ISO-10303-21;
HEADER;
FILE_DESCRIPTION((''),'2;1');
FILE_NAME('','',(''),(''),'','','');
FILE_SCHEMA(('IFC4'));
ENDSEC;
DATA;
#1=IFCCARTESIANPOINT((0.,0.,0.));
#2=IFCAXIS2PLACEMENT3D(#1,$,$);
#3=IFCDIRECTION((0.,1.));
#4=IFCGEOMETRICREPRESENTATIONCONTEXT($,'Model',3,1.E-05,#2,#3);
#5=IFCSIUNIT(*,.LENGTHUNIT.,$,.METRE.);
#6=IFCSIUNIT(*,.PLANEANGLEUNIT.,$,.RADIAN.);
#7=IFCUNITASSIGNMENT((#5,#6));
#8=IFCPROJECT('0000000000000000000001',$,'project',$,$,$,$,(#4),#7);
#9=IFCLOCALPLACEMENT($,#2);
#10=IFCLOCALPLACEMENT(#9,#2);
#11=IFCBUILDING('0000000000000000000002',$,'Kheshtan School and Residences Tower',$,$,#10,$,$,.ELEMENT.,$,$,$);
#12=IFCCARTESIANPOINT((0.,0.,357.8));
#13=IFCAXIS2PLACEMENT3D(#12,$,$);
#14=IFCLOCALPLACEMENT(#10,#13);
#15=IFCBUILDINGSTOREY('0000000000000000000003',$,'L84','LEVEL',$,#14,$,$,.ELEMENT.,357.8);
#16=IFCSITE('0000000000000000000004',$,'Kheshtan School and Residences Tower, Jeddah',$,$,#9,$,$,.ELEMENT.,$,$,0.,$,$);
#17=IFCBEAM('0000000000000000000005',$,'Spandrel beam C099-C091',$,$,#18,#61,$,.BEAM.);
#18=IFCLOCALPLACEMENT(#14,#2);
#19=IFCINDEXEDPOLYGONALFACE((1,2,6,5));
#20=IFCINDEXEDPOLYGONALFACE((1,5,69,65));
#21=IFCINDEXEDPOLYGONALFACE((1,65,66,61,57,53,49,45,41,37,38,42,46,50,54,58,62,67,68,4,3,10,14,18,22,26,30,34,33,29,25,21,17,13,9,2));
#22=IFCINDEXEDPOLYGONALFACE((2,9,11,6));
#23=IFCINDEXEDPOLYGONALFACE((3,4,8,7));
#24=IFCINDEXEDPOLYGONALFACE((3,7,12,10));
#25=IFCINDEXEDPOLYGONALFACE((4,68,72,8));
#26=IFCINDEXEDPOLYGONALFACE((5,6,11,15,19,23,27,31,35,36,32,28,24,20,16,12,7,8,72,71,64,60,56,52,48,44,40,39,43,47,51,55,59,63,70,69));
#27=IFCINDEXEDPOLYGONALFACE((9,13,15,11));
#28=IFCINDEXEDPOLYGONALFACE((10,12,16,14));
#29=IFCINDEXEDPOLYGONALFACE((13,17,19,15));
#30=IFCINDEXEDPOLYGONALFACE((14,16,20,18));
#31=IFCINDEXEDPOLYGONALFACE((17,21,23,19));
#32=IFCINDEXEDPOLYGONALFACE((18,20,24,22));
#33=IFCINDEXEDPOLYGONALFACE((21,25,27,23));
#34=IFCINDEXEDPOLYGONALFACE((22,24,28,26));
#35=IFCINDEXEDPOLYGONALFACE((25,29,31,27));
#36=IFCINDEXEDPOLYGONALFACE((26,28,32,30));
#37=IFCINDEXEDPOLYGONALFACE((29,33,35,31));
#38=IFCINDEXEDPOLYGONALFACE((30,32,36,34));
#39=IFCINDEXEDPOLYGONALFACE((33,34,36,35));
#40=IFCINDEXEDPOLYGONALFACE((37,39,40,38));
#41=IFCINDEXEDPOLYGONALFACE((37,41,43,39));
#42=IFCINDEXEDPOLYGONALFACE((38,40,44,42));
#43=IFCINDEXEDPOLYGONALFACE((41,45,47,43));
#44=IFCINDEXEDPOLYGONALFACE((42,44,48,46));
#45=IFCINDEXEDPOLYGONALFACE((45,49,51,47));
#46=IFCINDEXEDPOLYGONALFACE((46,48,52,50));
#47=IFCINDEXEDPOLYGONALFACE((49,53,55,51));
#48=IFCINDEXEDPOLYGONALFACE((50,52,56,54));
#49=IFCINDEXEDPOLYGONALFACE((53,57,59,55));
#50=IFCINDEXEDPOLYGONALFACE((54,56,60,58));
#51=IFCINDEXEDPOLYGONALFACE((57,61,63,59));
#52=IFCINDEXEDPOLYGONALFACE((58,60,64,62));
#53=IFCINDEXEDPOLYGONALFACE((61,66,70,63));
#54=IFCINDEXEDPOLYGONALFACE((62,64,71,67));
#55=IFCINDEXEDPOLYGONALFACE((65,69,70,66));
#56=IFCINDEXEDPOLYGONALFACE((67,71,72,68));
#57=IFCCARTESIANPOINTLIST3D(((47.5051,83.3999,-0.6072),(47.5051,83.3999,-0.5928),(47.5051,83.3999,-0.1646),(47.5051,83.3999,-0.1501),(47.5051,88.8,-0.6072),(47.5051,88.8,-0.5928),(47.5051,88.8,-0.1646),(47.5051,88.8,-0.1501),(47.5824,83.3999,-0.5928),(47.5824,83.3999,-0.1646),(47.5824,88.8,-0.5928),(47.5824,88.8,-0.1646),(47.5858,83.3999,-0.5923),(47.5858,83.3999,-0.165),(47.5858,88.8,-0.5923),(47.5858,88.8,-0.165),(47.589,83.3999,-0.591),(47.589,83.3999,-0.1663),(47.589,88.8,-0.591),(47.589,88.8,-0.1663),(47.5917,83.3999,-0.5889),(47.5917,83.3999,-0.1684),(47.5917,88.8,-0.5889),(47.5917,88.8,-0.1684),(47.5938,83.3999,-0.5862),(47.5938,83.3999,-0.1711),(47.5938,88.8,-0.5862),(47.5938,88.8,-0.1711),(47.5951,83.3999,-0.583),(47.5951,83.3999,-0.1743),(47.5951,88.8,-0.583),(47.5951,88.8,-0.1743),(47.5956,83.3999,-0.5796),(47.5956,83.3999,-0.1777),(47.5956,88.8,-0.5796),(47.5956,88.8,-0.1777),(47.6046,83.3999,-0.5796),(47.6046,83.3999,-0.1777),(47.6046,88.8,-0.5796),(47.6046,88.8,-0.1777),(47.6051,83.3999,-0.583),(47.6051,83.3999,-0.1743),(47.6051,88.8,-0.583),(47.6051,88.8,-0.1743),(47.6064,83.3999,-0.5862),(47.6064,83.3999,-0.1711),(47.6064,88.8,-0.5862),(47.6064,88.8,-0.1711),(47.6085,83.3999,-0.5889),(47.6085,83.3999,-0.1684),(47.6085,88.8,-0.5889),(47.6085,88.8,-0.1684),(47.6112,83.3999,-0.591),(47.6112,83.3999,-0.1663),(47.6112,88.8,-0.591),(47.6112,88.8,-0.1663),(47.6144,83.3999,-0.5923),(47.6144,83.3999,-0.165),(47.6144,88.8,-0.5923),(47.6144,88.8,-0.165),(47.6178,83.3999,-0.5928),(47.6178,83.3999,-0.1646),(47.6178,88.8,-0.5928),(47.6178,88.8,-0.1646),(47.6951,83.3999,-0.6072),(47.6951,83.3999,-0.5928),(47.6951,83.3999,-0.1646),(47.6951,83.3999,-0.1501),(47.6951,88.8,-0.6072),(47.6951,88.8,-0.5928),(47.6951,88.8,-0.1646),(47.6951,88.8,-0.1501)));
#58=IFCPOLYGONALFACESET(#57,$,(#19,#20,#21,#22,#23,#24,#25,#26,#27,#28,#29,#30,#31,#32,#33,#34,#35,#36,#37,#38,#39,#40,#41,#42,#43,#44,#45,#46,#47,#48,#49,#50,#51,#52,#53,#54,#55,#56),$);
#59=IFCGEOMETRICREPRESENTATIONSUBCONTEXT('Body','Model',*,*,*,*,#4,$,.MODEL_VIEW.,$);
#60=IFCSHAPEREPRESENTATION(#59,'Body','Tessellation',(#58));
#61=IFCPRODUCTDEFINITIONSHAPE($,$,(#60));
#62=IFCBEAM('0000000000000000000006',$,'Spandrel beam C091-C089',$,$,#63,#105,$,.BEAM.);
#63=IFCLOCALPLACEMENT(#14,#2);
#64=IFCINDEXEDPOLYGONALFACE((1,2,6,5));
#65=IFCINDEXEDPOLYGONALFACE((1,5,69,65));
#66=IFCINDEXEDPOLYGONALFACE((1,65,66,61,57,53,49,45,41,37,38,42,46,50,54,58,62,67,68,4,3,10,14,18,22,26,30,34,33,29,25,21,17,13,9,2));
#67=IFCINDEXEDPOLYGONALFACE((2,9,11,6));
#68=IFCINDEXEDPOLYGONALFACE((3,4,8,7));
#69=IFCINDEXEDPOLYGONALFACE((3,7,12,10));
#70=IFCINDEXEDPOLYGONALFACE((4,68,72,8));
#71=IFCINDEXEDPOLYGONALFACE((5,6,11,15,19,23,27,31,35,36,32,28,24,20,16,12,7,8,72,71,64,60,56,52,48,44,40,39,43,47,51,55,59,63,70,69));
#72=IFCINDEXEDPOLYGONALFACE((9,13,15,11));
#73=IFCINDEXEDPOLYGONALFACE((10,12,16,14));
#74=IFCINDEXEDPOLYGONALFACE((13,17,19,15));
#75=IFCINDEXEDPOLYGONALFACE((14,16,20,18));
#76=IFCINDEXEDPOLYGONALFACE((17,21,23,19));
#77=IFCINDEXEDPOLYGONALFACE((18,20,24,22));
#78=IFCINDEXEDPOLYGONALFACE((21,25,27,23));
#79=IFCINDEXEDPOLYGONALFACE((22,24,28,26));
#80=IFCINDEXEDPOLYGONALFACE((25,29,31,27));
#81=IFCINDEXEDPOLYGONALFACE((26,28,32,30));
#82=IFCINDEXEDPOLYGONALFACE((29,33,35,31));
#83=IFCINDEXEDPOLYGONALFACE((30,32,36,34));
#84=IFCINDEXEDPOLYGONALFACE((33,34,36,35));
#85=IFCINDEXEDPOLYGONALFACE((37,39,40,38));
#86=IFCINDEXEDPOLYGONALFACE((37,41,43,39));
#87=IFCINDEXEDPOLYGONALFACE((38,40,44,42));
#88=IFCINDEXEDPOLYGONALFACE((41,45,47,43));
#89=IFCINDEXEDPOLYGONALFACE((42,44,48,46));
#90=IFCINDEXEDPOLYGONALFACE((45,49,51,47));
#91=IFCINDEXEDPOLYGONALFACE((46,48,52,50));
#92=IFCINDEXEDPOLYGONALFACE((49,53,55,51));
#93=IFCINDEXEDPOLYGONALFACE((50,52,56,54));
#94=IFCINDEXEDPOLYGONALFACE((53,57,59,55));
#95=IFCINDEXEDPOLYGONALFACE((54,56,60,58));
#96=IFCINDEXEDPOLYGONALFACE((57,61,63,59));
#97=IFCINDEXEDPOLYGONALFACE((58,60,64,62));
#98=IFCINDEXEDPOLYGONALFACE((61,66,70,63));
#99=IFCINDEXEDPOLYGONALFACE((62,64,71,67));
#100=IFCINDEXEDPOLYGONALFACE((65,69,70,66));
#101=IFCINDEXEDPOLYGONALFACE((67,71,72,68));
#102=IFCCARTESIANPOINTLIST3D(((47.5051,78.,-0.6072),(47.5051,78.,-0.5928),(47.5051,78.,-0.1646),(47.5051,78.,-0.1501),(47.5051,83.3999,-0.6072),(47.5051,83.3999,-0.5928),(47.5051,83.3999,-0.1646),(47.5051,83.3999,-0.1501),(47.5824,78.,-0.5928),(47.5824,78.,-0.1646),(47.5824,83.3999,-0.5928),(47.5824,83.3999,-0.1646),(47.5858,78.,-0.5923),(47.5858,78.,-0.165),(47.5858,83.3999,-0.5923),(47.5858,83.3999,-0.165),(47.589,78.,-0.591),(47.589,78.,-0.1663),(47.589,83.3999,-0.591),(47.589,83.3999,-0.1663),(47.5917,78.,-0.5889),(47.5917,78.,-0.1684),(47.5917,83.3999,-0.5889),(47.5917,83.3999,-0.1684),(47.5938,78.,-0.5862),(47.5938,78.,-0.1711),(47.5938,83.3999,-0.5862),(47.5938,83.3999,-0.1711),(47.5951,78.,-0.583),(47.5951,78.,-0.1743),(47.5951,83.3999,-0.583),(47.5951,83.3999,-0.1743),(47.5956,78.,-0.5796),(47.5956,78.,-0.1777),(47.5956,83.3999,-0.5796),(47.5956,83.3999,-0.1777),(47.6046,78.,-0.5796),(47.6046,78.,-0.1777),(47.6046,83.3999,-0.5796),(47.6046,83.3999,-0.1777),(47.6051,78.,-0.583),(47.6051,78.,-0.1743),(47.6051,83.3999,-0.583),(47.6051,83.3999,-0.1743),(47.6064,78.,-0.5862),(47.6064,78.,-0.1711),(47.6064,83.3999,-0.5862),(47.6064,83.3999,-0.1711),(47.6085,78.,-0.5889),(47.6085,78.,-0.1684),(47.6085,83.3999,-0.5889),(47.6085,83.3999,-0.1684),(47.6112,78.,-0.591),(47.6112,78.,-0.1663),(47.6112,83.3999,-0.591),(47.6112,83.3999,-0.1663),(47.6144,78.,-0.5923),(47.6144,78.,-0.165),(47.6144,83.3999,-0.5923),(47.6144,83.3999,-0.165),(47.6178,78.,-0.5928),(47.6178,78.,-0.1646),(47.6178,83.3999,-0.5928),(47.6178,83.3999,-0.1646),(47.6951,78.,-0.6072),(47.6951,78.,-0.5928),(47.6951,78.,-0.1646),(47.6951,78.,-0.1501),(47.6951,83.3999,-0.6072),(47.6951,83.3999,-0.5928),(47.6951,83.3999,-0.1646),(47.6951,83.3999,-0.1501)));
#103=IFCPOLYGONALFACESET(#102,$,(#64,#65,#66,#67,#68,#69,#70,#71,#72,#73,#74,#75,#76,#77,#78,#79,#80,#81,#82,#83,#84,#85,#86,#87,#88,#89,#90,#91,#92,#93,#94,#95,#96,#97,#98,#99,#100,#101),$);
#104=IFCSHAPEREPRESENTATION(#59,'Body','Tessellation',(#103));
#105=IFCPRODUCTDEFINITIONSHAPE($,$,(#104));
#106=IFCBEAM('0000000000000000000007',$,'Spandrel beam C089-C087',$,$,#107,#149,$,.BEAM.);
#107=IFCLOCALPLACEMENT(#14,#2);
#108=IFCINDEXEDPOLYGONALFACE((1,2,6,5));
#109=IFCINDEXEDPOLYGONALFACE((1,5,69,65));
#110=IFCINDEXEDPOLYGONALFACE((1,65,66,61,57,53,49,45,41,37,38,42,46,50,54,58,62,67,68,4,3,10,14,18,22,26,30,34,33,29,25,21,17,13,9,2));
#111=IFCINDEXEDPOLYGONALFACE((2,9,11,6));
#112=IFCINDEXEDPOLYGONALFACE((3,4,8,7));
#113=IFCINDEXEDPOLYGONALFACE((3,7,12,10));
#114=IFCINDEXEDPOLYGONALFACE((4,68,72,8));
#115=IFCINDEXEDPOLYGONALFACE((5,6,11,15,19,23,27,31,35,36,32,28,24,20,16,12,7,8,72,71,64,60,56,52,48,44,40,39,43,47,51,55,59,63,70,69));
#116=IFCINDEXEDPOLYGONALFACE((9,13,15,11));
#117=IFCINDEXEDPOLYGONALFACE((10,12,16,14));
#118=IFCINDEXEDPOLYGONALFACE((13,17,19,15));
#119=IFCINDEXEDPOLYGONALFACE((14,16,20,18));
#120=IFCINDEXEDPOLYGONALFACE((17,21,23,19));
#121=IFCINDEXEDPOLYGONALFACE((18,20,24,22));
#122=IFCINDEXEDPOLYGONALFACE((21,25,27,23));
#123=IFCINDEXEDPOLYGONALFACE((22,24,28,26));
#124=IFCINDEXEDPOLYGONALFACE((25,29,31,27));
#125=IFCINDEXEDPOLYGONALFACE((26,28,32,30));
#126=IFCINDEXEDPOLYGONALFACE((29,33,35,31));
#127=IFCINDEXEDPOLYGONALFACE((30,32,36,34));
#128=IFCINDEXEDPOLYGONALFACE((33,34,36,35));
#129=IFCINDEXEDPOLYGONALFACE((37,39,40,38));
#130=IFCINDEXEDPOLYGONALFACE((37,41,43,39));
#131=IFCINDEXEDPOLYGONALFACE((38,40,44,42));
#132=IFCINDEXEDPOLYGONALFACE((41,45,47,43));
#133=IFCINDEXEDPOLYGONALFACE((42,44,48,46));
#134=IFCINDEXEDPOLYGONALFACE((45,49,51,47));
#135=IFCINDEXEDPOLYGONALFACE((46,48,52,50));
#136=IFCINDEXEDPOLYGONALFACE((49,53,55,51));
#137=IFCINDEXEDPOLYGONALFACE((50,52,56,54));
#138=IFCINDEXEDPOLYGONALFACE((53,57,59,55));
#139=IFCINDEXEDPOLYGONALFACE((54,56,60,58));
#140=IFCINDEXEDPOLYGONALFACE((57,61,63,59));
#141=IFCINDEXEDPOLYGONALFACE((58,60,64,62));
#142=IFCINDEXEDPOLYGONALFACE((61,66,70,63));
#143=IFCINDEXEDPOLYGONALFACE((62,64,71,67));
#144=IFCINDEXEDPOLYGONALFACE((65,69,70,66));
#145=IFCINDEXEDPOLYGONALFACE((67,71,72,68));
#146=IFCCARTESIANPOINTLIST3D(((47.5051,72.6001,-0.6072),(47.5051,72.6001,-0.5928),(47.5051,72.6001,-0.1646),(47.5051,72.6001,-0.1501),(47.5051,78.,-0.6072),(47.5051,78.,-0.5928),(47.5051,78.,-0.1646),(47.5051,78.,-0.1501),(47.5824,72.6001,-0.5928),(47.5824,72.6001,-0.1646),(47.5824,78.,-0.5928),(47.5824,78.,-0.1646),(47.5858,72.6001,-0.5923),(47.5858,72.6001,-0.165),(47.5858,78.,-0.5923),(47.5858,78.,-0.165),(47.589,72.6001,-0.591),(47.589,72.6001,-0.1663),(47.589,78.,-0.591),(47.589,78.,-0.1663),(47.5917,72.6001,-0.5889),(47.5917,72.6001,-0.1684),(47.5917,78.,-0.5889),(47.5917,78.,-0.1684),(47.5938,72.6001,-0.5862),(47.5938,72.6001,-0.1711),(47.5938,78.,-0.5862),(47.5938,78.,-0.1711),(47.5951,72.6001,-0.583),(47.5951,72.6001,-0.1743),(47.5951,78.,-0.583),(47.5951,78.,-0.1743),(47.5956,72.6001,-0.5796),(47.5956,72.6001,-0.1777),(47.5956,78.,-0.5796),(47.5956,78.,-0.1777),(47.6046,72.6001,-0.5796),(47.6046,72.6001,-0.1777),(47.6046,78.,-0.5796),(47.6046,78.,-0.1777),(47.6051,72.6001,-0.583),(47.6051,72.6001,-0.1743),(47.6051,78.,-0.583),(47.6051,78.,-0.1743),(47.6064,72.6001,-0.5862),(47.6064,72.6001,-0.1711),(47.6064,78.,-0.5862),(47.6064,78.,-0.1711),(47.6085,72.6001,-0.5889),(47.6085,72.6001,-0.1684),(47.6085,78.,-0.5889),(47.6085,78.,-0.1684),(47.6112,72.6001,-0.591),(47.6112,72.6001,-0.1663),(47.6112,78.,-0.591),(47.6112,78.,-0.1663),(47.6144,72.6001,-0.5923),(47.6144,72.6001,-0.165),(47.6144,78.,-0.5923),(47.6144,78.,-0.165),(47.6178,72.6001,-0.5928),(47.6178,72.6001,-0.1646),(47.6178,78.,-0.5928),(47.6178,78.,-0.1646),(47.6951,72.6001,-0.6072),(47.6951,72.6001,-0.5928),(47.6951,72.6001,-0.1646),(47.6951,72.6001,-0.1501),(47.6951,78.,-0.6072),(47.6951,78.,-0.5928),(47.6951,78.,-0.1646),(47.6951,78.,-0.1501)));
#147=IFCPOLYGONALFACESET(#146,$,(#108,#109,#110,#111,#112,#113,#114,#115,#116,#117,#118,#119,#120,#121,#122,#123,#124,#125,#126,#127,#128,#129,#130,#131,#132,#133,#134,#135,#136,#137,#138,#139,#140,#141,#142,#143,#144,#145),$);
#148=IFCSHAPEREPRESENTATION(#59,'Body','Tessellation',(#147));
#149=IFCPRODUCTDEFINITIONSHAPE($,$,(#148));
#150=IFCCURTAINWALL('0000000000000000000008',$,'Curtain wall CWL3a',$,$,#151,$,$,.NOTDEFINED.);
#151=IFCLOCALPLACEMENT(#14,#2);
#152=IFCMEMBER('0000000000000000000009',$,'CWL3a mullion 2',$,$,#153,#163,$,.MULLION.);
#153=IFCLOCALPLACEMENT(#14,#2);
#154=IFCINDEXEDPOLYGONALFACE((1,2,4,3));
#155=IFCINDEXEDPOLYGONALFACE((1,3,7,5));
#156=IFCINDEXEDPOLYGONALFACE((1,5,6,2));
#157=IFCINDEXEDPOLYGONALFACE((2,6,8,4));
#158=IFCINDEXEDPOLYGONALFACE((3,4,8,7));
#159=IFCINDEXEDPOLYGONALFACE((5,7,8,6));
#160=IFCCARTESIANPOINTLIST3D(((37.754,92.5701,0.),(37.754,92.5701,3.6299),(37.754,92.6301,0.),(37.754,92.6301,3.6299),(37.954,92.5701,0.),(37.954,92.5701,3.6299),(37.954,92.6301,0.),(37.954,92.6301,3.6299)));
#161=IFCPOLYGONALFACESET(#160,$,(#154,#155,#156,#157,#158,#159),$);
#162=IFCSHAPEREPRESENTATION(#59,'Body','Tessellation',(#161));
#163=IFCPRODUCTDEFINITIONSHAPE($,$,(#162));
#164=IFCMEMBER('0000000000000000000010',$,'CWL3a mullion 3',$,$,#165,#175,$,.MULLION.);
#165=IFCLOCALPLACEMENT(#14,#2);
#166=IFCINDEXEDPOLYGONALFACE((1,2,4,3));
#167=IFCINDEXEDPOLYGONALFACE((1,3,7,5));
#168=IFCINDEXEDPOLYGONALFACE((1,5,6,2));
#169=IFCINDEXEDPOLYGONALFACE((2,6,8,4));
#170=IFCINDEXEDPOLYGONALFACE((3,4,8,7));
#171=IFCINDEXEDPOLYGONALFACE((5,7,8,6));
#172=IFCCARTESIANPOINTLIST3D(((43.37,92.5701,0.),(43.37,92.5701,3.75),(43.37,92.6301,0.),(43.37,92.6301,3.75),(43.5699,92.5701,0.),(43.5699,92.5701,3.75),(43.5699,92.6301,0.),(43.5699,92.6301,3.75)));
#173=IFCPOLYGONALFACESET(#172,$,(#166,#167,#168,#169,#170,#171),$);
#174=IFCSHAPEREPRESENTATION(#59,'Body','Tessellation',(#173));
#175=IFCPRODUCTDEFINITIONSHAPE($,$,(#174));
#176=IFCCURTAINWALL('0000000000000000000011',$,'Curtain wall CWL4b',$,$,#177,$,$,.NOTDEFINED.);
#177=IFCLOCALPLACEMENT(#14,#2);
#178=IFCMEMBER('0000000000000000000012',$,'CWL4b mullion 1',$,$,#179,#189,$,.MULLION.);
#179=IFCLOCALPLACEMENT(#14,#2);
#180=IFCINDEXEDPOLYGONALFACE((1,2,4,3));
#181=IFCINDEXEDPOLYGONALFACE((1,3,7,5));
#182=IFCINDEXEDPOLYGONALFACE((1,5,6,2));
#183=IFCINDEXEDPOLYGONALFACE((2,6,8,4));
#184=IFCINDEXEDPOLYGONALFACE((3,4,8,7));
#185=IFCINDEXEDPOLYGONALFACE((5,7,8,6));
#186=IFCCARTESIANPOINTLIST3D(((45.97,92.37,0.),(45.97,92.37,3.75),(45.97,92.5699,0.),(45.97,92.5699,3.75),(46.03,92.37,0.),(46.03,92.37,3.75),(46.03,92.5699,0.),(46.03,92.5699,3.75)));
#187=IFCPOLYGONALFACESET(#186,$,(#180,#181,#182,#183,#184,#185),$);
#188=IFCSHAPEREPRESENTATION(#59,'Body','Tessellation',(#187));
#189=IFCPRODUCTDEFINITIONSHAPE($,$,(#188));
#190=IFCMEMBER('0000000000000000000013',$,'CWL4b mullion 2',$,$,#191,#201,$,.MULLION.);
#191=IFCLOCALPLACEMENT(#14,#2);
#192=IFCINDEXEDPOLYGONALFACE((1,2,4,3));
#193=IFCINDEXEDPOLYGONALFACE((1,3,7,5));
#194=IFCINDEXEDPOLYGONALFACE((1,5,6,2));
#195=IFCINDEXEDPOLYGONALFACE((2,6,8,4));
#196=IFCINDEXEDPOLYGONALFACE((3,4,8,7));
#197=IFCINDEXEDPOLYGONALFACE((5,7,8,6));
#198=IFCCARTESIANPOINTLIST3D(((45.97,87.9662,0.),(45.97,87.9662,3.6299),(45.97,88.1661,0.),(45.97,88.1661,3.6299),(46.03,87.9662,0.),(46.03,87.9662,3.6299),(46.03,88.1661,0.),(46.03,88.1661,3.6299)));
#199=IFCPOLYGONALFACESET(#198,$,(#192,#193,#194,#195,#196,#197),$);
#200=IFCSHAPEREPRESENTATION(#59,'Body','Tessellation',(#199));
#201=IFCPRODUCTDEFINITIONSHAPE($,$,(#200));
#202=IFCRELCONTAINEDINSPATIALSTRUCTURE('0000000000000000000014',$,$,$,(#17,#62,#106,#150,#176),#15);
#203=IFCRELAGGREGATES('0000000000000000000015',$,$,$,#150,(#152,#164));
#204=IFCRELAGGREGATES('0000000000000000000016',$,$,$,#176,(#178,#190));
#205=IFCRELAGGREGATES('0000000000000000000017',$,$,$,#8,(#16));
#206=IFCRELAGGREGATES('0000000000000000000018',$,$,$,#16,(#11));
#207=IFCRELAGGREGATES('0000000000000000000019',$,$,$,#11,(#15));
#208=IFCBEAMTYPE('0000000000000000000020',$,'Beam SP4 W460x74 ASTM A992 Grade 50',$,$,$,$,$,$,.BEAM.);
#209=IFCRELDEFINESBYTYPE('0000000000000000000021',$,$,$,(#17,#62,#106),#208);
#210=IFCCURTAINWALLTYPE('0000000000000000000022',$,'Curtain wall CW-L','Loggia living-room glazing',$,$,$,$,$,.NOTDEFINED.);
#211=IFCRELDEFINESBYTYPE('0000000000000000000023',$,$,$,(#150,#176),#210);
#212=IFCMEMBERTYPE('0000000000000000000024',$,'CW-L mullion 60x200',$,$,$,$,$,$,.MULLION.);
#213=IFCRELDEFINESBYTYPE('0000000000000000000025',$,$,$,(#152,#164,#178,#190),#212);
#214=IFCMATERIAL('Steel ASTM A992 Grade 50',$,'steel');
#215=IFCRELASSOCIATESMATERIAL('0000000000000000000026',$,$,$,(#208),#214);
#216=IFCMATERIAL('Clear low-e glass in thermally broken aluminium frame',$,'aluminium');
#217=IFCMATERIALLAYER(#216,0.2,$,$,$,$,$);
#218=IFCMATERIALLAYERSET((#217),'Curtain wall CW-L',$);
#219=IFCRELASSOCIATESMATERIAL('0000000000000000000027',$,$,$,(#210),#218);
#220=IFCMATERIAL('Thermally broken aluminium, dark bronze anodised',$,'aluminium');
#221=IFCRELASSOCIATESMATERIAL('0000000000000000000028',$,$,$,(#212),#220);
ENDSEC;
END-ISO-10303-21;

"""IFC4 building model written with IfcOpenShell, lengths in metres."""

from ifc_helpers import new_model, si_unit, direction, frame, origin, origin_2d, place, context, subcontext, project, spatial, rectangle, i_section, extrude, material, layer, layer_set, material_profile, profile_set, type_object, element, aggregate, save


model = new_model("IFC4")

# Units and contexts
model_context = context("Model", 3, precision=1e-05, world=origin(), true_north=direction((0.0, 1.0)))
body_context = subcontext(model_context, "Body", "Model", "MODEL_VIEW")
ifc_project = project(units=[si_unit("LENGTHUNIT", "METRE"), si_unit("PLANEANGLEUNIT", "RADIAN")], contexts=[model_context])

# Site, building, storey
site_placement = place(None, origin())
site = spatial("IfcSite", under=ifc_project, at=site_placement, Name="Kheshtan School and Residences Tower, Jeddah", CompositionType="ELEMENT", RefElevation=0.0)
building_placement = place(site_placement, origin())
building = spatial("IfcBuilding", under=site, at=building_placement, Name="Kheshtan School and Residences Tower", CompositionType="ELEMENT")
storey_placement = place(building_placement, frame((0.0, 0.0, 357.8)))
storey = spatial("IfcBuildingStorey", under=building, at=storey_placement, Name="L84", Description="LEVEL", CompositionType="ELEMENT", Elevation=357.8)

# Shared definitions
ifc_material_1 = material(Name="Steel ASTM A992 Grade 50", Category="steel")

# Beams
ifc_material_profile_1 = material_profile(ifc_material_1, i_section(OverallWidth=0.1899, OverallDepth=0.457, WebThickness=0.009, FlangeThickness=0.0144, FilletRadius=0.0132, at=origin_2d()), Name="W460x74")
ifc_profile_set_1 = profile_set([ifc_material_profile_1], Name="Steel ASTM A992 Grade 50")
beam_type_1 = type_object("IfcBeamType", Name="Beam SP4 W460x74 ASTM A992 Grade 50", PredefinedType="BEAM", material=ifc_profile_set_1)
beam_1_placement = place(storey_placement, frame((47.6001, 88.8, -0.3787), z_axis=(0.0, -1.0, 0.0), x_axis=(1.0, 0.0, 0.0)))
element("IfcBeam", 1, at=beam_1_placement, inside=storey, type_object=beam_type_1, Name="Spandrel beam C099-C091", PredefinedType="BEAM", context=body_context, shape_type="SweptSolid", body=[
    extrude(i_section(OverallWidth=0.1899, OverallDepth=0.457, WebThickness=0.009, FlangeThickness=0.0144, FilletRadius=0.0132, at=origin_2d()), origin(), (0.0, 0.0, 1.0), 5.4001),
])
for number, where, z_axis, x_axis, name in (
    (2, (47.6001, 83.3999, -0.3787), (0.0, -1.0, 0.0), (1.0, 0.0, 0.0), "Spandrel beam C091-C089"),
    (3, (47.6001, 78.0, -0.3787), (0.0, -1.0, 0.0), (1.0, 0.0, 0.0), "Spandrel beam C089-C087"),
):
    element("IfcBeam", number, at=place(storey_placement, frame(where, z_axis=z_axis, x_axis=x_axis)), inside=storey, type_object=beam_type_1, Name=name, PredefinedType="BEAM", context=body_context, shape_type="SweptSolid", body=[
        extrude(i_section(OverallWidth=0.1899, OverallDepth=0.457, WebThickness=0.009, FlangeThickness=0.0144, FilletRadius=0.0132, at=origin_2d()), origin(), (0.0, 0.0, 1.0), 5.3999),
    ])

# Curtain walls, members
ifc_material_2 = material(Name="Clear low-e glass in thermally broken aluminium frame", Category="aluminium")
ifc_layer_1 = layer(ifc_material_2, 0.2)
ifc_layer_set_1 = layer_set([ifc_layer_1], Name="Curtain wall CW-L")
curtain_wall_type = type_object("IfcCurtainWallType", Name="Curtain wall CW-L", Description="Loggia living-room glazing", PredefinedType="NOTDEFINED", material=ifc_layer_set_1)
curtain_wall_1_placement = place(storey_placement, origin())
curtain_wall_1 = element("IfcCurtainWall", 4, at=curtain_wall_1_placement, inside=storey, type_object=curtain_wall_type, Name="Curtain wall CWL3a", PredefinedType="NOTDEFINED")
ifc_material_3 = material(Name="Thermally broken aluminium, dark bronze anodised", Category="aluminium")
ifc_material_profile_2 = material_profile(ifc_material_3, rectangle(XDim=0.0601, YDim=0.2, at=origin_2d()), Name="CW-L mullion 60x200")
ifc_profile_set_2 = profile_set([ifc_material_profile_2], Name="Thermally broken aluminium, dark bronze anodised")
member_type_1 = type_object("IfcMemberType", Name="CW-L mullion 60x200", PredefinedType="MULLION", material=ifc_profile_set_2)
member_1_placement = place(storey_placement, frame((37.854, 92.6001, 0.0), z_axis=(0.0, 0.0, 1.0), x_axis=(0.0, 1.0, 0.0)))
member_1 = element("IfcMember", 5, at=member_1_placement, type_object=member_type_1, Name="CWL3a mullion 2", PredefinedType="MULLION", context=body_context, shape_type="SweptSolid", body=[
    extrude(rectangle(XDim=0.0601, YDim=0.2, at=origin_2d()), origin(), (0.0, 0.0, 1.0), 3.6299),
])
member_2_placement = place(storey_placement, frame((43.47, 92.6001, 0.0), z_axis=(0.0, 0.0, 1.0), x_axis=(0.0, 1.0, 0.0)))
member_2 = element("IfcMember", 6, at=member_2_placement, type_object=member_type_1, Name="CWL3a mullion 3", PredefinedType="MULLION", context=body_context, shape_type="SweptSolid", body=[
    extrude(rectangle(XDim=0.0601, YDim=0.2, at=origin_2d()), origin(), (0.0, 0.0, 1.0), 3.75),
])
curtain_wall_2_placement = place(storey_placement, origin())
curtain_wall_2 = element("IfcCurtainWall", 7, at=curtain_wall_2_placement, inside=storey, type_object=curtain_wall_type, Name="Curtain wall CWL4b", PredefinedType="NOTDEFINED")
member_3_placement = place(storey_placement, frame((46.0, 92.47, 0.0), z_axis=(0.0, 0.0, 1.0), x_axis=(1.0, 0.0, 0.0)))
member_3 = element("IfcMember", 8, at=member_3_placement, type_object=member_type_1, Name="CWL4b mullion 1", PredefinedType="MULLION", context=body_context, shape_type="SweptSolid", body=[
    extrude(rectangle(XDim=0.0601, YDim=0.2, at=origin_2d()), origin(), (0.0, 0.0, 1.0), 3.75),
])
member_4_placement = place(storey_placement, frame((46.0, 88.0662, 0.0), z_axis=(0.0, 0.0, 1.0), x_axis=(1.0, 0.0, 0.0)))
member_4 = element("IfcMember", 9, at=member_4_placement, type_object=member_type_1, Name="CWL4b mullion 2", PredefinedType="MULLION", context=body_context, shape_type="SweptSolid", body=[
    extrude(rectangle(XDim=0.0601, YDim=0.2, at=origin_2d()), origin(), (0.0, 0.0, 1.0), 3.6299),
])

aggregate(curtain_wall_1, [member_1, member_2])
aggregate(curtain_wall_2, [member_3, member_4])

save(model, "model.ifc")
